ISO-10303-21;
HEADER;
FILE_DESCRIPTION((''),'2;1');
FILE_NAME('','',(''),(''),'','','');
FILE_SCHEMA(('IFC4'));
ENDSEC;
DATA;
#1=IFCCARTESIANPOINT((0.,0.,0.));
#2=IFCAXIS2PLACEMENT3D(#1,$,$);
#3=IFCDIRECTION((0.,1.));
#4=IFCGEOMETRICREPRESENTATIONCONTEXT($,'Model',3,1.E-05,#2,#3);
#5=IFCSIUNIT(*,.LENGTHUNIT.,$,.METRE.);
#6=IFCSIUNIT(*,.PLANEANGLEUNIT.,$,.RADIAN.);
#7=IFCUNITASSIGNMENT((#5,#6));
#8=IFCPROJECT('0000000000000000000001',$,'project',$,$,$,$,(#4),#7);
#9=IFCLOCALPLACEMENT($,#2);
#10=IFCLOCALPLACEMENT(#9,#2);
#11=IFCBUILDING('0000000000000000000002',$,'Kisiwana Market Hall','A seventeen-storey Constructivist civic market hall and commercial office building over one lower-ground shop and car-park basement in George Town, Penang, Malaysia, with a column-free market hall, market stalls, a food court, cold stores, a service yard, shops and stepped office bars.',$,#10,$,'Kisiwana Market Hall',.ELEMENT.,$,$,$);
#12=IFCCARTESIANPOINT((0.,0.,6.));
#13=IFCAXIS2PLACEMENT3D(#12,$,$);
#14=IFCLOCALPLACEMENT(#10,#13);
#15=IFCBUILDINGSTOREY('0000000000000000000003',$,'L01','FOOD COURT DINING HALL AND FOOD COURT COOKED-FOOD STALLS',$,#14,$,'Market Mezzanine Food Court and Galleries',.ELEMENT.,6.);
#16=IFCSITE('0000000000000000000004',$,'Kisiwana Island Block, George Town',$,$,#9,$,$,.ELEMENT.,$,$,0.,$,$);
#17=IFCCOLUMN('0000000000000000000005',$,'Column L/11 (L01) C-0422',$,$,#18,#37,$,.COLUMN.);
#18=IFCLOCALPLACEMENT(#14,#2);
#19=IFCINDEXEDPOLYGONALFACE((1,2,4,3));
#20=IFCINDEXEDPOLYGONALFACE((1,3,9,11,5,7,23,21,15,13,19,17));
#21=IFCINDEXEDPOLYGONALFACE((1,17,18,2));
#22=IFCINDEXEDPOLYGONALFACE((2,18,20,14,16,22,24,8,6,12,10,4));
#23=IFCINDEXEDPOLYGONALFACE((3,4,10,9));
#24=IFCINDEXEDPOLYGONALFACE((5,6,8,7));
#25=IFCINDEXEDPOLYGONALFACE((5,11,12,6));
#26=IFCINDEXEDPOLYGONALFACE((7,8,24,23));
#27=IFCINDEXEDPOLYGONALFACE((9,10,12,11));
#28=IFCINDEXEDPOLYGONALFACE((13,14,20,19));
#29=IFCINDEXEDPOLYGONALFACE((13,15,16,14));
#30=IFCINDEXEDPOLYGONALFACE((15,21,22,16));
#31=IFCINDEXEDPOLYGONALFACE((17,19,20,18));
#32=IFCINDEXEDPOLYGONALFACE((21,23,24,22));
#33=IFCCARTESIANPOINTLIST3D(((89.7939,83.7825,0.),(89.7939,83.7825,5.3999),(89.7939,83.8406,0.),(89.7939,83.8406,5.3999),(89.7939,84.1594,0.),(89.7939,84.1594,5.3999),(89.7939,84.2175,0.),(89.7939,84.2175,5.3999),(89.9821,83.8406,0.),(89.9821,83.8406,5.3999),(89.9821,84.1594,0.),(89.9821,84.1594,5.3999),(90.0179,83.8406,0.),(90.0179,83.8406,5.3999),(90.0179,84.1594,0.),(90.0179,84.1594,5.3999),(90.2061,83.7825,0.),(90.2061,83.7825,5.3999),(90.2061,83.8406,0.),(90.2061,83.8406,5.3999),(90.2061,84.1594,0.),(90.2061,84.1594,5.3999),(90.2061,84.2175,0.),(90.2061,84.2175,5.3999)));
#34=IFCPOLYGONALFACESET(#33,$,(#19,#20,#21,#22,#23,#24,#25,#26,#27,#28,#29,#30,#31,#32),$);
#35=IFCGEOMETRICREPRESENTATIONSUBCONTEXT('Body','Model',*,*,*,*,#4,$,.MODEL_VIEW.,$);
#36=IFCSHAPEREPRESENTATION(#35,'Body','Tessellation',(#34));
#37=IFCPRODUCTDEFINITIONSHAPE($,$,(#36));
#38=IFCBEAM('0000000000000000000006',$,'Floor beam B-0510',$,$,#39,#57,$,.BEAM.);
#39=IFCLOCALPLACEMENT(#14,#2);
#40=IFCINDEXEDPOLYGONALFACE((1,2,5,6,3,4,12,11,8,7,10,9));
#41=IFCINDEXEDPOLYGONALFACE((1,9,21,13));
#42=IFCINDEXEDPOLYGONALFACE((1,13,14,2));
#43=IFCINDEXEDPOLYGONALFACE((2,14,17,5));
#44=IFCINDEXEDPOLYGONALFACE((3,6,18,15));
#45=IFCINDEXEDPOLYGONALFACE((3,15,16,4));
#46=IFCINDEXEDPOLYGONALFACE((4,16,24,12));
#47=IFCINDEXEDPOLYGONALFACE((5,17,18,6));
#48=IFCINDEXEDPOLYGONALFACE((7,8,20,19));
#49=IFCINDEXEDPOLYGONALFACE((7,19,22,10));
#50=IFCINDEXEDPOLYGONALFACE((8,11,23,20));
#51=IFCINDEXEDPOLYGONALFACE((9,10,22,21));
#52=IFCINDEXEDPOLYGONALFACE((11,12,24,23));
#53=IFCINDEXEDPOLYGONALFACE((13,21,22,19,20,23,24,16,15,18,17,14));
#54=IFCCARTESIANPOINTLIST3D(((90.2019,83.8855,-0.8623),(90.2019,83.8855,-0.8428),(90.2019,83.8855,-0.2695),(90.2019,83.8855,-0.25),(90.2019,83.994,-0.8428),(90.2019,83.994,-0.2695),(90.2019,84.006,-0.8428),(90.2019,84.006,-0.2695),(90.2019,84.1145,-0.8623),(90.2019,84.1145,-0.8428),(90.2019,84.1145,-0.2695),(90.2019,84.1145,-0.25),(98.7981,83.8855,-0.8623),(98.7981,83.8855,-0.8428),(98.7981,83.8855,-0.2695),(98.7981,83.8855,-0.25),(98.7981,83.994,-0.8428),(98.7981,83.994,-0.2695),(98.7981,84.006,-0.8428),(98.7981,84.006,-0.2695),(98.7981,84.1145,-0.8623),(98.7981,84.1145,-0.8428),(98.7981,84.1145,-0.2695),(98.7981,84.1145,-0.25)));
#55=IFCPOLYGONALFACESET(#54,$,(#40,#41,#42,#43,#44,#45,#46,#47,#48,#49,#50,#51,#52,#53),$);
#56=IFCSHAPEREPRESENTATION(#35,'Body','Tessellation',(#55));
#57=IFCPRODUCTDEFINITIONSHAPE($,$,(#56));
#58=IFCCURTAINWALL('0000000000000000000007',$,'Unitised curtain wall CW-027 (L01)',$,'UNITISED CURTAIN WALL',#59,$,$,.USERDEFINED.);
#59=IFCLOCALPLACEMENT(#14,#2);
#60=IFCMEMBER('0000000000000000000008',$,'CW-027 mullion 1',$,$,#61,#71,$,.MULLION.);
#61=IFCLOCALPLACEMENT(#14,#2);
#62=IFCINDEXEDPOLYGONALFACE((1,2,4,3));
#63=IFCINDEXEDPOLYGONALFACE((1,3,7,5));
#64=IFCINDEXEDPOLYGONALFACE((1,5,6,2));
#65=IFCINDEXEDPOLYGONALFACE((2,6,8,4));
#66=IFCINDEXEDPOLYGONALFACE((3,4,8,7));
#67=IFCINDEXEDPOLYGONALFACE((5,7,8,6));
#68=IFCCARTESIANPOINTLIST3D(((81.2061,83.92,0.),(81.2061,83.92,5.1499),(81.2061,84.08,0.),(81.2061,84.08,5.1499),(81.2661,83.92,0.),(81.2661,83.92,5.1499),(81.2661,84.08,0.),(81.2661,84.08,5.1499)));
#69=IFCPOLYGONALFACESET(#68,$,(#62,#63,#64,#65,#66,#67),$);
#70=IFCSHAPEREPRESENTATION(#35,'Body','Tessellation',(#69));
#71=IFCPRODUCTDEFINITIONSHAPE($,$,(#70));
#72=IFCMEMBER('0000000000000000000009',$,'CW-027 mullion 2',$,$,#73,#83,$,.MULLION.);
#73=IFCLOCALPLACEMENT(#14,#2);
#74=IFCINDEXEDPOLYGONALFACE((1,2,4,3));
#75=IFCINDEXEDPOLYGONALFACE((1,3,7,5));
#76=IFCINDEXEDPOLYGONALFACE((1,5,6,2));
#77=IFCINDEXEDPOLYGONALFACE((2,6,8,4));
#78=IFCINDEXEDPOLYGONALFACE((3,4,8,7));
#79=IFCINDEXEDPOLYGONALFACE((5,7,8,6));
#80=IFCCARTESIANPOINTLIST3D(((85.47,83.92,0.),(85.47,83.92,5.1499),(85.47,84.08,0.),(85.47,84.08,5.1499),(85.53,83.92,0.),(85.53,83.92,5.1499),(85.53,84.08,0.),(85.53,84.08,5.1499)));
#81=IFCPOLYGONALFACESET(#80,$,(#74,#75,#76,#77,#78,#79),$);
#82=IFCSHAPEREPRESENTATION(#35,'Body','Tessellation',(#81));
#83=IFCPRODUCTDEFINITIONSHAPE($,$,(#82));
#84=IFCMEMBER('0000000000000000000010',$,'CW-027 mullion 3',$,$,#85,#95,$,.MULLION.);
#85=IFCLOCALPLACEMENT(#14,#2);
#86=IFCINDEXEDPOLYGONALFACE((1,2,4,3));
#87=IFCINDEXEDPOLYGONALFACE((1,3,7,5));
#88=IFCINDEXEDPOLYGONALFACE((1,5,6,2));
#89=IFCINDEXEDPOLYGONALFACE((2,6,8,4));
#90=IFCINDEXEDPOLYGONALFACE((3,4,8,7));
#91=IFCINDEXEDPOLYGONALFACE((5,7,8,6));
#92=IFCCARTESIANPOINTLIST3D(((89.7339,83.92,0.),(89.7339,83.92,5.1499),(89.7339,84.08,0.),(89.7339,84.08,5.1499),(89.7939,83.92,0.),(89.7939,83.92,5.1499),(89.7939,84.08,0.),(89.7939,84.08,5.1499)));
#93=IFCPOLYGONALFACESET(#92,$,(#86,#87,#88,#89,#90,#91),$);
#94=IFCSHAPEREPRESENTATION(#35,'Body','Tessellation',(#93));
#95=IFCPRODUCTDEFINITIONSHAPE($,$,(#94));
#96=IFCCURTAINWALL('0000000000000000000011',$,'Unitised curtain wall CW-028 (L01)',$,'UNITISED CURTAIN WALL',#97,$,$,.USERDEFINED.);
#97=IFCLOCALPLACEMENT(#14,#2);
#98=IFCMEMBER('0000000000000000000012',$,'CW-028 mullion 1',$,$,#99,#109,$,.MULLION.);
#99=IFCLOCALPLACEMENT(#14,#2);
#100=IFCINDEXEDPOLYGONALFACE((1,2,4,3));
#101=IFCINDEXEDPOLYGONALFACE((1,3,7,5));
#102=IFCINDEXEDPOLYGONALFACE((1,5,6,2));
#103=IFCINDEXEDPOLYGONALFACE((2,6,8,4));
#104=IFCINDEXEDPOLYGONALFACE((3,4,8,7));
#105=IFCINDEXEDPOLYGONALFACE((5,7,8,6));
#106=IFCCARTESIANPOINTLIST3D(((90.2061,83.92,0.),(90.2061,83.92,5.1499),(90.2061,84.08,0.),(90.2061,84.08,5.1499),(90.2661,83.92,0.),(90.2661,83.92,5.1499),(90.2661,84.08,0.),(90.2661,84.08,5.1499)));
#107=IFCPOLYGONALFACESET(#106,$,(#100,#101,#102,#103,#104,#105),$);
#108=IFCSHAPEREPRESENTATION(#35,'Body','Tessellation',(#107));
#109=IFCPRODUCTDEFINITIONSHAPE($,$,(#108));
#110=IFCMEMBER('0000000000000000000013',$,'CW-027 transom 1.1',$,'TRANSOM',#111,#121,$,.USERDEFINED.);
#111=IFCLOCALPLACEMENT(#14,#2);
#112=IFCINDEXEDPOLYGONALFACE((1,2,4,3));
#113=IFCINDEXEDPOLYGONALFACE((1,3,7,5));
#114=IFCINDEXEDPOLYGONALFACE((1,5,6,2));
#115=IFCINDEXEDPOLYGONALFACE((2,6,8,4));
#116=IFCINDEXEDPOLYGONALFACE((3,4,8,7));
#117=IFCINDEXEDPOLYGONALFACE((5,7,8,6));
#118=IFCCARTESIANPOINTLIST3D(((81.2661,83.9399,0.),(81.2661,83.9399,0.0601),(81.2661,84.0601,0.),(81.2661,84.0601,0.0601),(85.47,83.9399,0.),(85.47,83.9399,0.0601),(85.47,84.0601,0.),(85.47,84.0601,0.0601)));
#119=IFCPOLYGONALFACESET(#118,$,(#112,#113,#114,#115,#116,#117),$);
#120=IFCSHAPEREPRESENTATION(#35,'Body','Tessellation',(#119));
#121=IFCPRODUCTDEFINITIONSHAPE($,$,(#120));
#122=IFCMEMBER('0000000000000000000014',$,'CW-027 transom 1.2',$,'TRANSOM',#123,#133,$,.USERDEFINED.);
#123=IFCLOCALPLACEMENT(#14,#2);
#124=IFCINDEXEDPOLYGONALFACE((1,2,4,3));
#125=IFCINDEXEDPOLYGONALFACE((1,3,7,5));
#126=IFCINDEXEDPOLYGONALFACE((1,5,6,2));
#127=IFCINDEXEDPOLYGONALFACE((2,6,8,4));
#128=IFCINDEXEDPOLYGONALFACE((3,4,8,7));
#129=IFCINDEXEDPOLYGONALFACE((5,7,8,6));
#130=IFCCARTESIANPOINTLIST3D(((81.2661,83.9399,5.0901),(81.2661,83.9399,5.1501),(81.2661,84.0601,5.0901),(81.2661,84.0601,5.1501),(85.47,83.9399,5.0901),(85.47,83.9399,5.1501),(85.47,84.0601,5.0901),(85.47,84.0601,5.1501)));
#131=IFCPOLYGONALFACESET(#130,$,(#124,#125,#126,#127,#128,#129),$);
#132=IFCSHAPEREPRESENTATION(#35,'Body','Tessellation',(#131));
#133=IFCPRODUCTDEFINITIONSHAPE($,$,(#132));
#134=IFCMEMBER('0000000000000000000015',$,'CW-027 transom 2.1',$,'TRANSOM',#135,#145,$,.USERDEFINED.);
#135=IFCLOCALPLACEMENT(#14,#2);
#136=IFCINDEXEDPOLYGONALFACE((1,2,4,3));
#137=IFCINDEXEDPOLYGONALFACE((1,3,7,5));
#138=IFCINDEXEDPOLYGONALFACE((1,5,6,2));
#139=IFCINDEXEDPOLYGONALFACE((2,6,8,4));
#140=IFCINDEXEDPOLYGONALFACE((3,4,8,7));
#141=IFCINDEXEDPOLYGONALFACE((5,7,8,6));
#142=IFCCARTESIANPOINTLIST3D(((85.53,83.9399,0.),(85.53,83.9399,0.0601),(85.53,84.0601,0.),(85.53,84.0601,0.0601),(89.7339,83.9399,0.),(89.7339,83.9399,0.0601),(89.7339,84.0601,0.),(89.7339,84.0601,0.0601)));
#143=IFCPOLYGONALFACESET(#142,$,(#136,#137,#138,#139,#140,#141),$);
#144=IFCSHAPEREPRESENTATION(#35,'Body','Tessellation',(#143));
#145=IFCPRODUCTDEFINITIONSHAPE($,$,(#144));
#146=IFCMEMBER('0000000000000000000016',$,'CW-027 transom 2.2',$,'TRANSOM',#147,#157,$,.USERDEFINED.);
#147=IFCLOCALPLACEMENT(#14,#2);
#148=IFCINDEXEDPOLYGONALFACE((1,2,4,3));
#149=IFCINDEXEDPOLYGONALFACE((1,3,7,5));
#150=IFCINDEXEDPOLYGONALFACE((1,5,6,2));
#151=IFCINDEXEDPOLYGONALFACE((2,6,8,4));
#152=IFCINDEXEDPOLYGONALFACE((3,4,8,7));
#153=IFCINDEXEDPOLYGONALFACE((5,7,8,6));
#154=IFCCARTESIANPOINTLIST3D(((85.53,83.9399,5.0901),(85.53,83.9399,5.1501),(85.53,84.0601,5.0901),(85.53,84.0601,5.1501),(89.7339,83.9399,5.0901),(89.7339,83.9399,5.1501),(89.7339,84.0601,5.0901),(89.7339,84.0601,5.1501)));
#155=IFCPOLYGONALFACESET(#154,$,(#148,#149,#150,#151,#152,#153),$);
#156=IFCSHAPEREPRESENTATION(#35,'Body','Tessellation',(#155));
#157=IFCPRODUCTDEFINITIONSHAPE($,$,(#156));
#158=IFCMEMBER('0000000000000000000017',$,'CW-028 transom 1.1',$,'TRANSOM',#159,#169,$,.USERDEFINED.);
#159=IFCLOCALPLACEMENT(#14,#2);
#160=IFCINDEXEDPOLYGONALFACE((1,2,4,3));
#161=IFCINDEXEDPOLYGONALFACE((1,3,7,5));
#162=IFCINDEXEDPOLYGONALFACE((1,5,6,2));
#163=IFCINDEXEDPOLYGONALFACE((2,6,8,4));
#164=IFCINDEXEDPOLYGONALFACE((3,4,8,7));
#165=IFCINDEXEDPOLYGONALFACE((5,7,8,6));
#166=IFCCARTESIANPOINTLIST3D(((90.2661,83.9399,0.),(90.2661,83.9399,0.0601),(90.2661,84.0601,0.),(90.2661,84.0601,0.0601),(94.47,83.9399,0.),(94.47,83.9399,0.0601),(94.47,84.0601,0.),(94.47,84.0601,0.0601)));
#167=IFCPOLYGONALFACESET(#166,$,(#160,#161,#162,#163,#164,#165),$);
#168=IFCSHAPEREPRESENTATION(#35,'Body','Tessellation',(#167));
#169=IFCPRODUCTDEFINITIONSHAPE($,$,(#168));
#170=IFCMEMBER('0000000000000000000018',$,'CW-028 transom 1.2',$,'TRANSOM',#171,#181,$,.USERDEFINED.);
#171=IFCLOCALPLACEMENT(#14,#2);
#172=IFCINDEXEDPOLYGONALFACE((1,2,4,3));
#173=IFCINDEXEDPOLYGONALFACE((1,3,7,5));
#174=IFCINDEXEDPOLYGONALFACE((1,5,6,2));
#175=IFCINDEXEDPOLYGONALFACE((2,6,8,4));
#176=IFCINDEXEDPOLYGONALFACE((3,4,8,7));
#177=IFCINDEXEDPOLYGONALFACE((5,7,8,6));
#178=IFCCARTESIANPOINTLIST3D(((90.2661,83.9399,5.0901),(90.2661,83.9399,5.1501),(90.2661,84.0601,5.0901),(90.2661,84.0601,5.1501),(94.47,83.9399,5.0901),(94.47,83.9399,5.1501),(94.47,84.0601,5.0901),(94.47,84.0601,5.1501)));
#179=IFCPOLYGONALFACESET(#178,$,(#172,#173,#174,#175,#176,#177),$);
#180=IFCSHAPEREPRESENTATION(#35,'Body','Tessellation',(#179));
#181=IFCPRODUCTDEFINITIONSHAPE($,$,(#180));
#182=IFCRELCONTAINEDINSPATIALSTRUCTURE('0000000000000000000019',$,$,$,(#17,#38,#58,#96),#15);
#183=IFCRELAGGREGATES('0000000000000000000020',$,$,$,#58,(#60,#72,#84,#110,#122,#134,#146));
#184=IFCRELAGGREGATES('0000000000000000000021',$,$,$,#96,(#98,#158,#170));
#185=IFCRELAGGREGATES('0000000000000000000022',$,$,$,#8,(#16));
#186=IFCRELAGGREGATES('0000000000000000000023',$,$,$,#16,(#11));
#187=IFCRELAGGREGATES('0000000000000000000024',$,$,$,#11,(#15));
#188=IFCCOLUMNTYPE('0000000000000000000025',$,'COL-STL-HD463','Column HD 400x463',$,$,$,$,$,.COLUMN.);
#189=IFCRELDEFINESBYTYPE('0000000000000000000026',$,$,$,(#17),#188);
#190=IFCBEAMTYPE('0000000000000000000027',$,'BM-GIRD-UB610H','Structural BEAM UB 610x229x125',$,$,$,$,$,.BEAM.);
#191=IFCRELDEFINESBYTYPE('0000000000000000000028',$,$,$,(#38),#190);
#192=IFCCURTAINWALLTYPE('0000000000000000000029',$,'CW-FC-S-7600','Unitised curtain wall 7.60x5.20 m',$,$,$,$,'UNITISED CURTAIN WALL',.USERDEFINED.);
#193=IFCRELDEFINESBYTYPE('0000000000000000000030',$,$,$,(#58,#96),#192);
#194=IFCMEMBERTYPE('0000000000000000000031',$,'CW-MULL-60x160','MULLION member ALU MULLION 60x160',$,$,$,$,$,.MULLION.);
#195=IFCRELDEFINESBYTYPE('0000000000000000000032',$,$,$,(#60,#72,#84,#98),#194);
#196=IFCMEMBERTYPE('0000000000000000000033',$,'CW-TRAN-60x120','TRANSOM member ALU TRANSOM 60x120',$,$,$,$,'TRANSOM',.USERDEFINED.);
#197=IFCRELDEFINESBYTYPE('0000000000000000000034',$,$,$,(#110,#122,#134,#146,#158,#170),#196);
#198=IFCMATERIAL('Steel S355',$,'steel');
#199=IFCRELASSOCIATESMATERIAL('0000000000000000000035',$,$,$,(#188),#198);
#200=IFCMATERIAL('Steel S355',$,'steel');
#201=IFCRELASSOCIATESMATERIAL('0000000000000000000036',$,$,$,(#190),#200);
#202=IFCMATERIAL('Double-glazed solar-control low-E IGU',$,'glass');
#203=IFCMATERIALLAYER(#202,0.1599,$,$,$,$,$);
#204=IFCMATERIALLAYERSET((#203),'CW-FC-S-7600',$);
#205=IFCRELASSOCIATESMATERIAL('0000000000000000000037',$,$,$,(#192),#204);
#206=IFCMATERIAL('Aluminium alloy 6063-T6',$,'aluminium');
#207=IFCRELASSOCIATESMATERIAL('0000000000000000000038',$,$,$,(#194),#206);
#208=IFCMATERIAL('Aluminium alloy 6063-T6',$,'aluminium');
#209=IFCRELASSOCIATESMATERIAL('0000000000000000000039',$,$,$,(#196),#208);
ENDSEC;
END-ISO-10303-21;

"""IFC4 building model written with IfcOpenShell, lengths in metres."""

from ifc_helpers import new_model, si_unit, direction, frame, origin, origin_2d, place, context, subcontext, project, spatial, rectangle, i_section, extrude, material, layer, layer_set, material_profile, profile_set, type_object, element, aggregate, save


model = new_model("IFC4")

# Units and contexts
model_context = context("Model", 3, precision=1e-05, world=origin(), true_north=direction((0.0, 1.0)))
body_context = subcontext(model_context, "Body", "Model", "MODEL_VIEW")
ifc_project = project(units=[si_unit("LENGTHUNIT", "METRE"), si_unit("PLANEANGLEUNIT", "RADIAN")], contexts=[model_context])

# Site, building, storey
site_placement = place(None, origin())
site = spatial("IfcSite", under=ifc_project, at=site_placement, Name="Kisiwana Island Block, George Town", CompositionType="ELEMENT", RefElevation=0.0)
building_placement = place(site_placement, origin())
building = spatial("IfcBuilding", under=site, at=building_placement, Name="Kisiwana Market Hall", Description="A seventeen-storey Constructivist civic market hall and commercial office building over one lower-ground shop and car-park basement in George Town, Penang, Malaysia, with a column-free market hall, market stalls, a food court, cold stores, a service yard, shops and stepped office bars.", LongName="Kisiwana Market Hall", CompositionType="ELEMENT")
storey_placement = place(building_placement, frame((0.0, 0.0, 6.0)))
storey = spatial("IfcBuildingStorey", under=building, at=storey_placement, Name="L01", Description="FOOD COURT DINING HALL AND FOOD COURT COOKED-FOOD STALLS", LongName="Market Mezzanine Food Court and Galleries", CompositionType="ELEMENT", Elevation=6.0)

# Column
ifc_material_1 = material(Name="Steel S355", Category="steel")
ifc_material_profile_1 = material_profile(ifc_material_1, i_section(OverallWidth=0.4121, OverallDepth=0.4351, WebThickness=0.0359, FlangeThickness=0.0581, at=origin_2d()), Name="HD 400x463")
ifc_profile_set_1 = profile_set([ifc_material_profile_1], Name="Steel S355")
column_type = type_object("IfcColumnType", Name="COL-STL-HD463", Description="Column HD 400x463", PredefinedType="COLUMN", material=ifc_profile_set_1)
column_placement = place(storey_placement, frame((90.0, 84.0, 0.0), z_axis=(0.0, 0.0, 1.0), x_axis=(1.0, 0.0, 0.0)))
element("IfcColumn", 1, at=column_placement, inside=storey, type_object=column_type, Name="Column L/11 (L01) C-0422", PredefinedType="COLUMN", context=body_context, shape_type="SweptSolid", body=[
    extrude(i_section(OverallWidth=0.4121, OverallDepth=0.4351, WebThickness=0.0359, FlangeThickness=0.0581, at=origin_2d()), origin(), (0.0, 0.0, 1.0), 5.3999),
])

# Beam
ifc_material_2 = material(Name="Steel S355", Category="steel")
ifc_material_profile_2 = material_profile(ifc_material_2, i_section(OverallWidth=0.229, OverallDepth=0.6123, WebThickness=0.012, FlangeThickness=0.0195, at=origin_2d()), Name="UB 610x229x125")
ifc_profile_set_2 = profile_set([ifc_material_profile_2], Name="Steel S355")
beam_type = type_object("IfcBeamType", Name="BM-GIRD-UB610H", Description="Structural BEAM UB 610x229x125", PredefinedType="BEAM", material=ifc_profile_set_2)
beam_placement = place(storey_placement, frame((90.2019, 84.0, -0.5562), z_axis=(1.0, 0.0, 0.0), x_axis=(0.0, 1.0, 0.0)))
element("IfcBeam", 2, at=beam_placement, inside=storey, type_object=beam_type, Name="Floor beam B-0510", PredefinedType="BEAM", context=body_context, shape_type="SweptSolid", body=[
    extrude(i_section(OverallWidth=0.229, OverallDepth=0.6123, WebThickness=0.012, FlangeThickness=0.0195, at=origin_2d()), origin(), (0.0, 0.0, 1.0), 8.5962),
])

# Curtain wall, members
ifc_material_3 = material(Name="Double-glazed solar-control low-E IGU", Category="glass")
ifc_layer_1 = layer(ifc_material_3, 0.1599)
ifc_layer_set_1 = layer_set([ifc_layer_1], Name="CW-FC-S-7600")
curtain_wall_type = type_object("IfcCurtainWallType", Name="CW-FC-S-7600", Description="Unitised curtain wall 7.60x5.20 m", ElementType="UNITISED CURTAIN WALL", PredefinedType="USERDEFINED", material=ifc_layer_set_1)
curtain_wall_1_placement = place(storey_placement, origin())
curtain_wall_1 = element("IfcCurtainWall", 3, at=curtain_wall_1_placement, inside=storey, type_object=curtain_wall_type, Name="Unitised curtain wall CW-027 (L01)", ObjectType="UNITISED CURTAIN WALL", PredefinedType="USERDEFINED")
ifc_material_4 = material(Name="Aluminium alloy 6063-T6", Category="aluminium")
ifc_material_profile_3 = material_profile(ifc_material_4, rectangle(XDim=0.0601, YDim=0.1599, at=origin_2d()), Name="ALU MULLION 60x160")
ifc_profile_set_3 = profile_set([ifc_material_profile_3], Name="Aluminium alloy 6063-T6")
member_type_1 = type_object("IfcMemberType", Name="CW-MULL-60x160", Description="MULLION member ALU MULLION 60x160", PredefinedType="MULLION", material=ifc_profile_set_3)
member_1_placement = place(storey_placement, frame((81.2361, 84.0, 0.0), z_axis=(0.0, 0.0, 1.0), x_axis=(1.0, 0.0, 0.0)))
member_1 = element("IfcMember", 4, at=member_1_placement, type_object=member_type_1, Name="CW-027 mullion 1", PredefinedType="MULLION", context=body_context, shape_type="SweptSolid", body=[
    extrude(rectangle(XDim=0.0601, YDim=0.1599, at=origin_2d()), origin(), (0.0, 0.0, 1.0), 5.1499),
])
member_2_placement = place(storey_placement, frame((85.5, 84.0, 0.0), z_axis=(0.0, 0.0, 1.0), x_axis=(1.0, 0.0, 0.0)))
member_2 = element("IfcMember", 5, at=member_2_placement, type_object=member_type_1, Name="CW-027 mullion 2", PredefinedType="MULLION", context=body_context, shape_type="SweptSolid", body=[
    extrude(rectangle(XDim=0.0601, YDim=0.1599, at=origin_2d()), origin(), (0.0, 0.0, 1.0), 5.1499),
])
member_3_placement = place(storey_placement, frame((89.7639, 84.0, 0.0), z_axis=(0.0, 0.0, 1.0), x_axis=(1.0, 0.0, 0.0)))
member_3 = element("IfcMember", 6, at=member_3_placement, type_object=member_type_1, Name="CW-027 mullion 3", PredefinedType="MULLION", context=body_context, shape_type="SweptSolid", body=[
    extrude(rectangle(XDim=0.0601, YDim=0.1599, at=origin_2d()), origin(), (0.0, 0.0, 1.0), 5.1499),
])

# Curtain wall, member
curtain_wall_2_placement = place(storey_placement, origin())
curtain_wall_2 = element("IfcCurtainWall", 7, at=curtain_wall_2_placement, inside=storey, type_object=curtain_wall_type, Name="Unitised curtain wall CW-028 (L01)", ObjectType="UNITISED CURTAIN WALL", PredefinedType="USERDEFINED")
member_4_placement = place(storey_placement, frame((90.2361, 84.0, 0.0), z_axis=(0.0, 0.0, 1.0), x_axis=(1.0, 0.0, 0.0)))
member_4 = element("IfcMember", 8, at=member_4_placement, type_object=member_type_1, Name="CW-028 mullion 1", PredefinedType="MULLION", context=body_context, shape_type="SweptSolid", body=[
    extrude(rectangle(XDim=0.0601, YDim=0.1599, at=origin_2d()), origin(), (0.0, 0.0, 1.0), 5.1499),
])

# Members
ifc_material_5 = material(Name="Aluminium alloy 6063-T6", Category="aluminium")
ifc_material_profile_4 = material_profile(ifc_material_5, rectangle(XDim=0.1201, YDim=0.0601, at=origin_2d()), Name="ALU TRANSOM 60x120")
ifc_profile_set_4 = profile_set([ifc_material_profile_4], Name="Aluminium alloy 6063-T6")
member_type_2 = type_object("IfcMemberType", Name="CW-TRAN-60x120", Description="TRANSOM member ALU TRANSOM 60x120", ElementType="TRANSOM", PredefinedType="USERDEFINED", material=ifc_profile_set_4)
member_5_placement = place(storey_placement, frame((81.2661, 84.0, 0.03), z_axis=(1.0, 0.0, 0.0), x_axis=(0.0, 1.0, 0.0)))
member_5 = element("IfcMember", 9, at=member_5_placement, type_object=member_type_2, Name="CW-027 transom 1.1", ObjectType="TRANSOM", PredefinedType="USERDEFINED", context=body_context, shape_type="SweptSolid", body=[
    extrude(rectangle(XDim=0.1201, YDim=0.0601, at=origin_2d()), origin(), (0.0, 0.0, 1.0), 4.2039),
])
member_6_placement = place(storey_placement, frame((81.2661, 84.0, 5.1201), z_axis=(1.0, 0.0, 0.0), x_axis=(0.0, 1.0, 0.0)))
member_6 = element("IfcMember", 10, at=member_6_placement, type_object=member_type_2, Name="CW-027 transom 1.2", ObjectType="TRANSOM", PredefinedType="USERDEFINED", context=body_context, shape_type="SweptSolid", body=[
    extrude(rectangle(XDim=0.1201, YDim=0.0601, at=origin_2d()), origin(), (0.0, 0.0, 1.0), 4.2039),
])
member_7_placement = place(storey_placement, frame((85.53, 84.0, 0.03), z_axis=(1.0, 0.0, 0.0), x_axis=(0.0, 1.0, 0.0)))
member_7 = element("IfcMember", 11, at=member_7_placement, type_object=member_type_2, Name="CW-027 transom 2.1", ObjectType="TRANSOM", PredefinedType="USERDEFINED", context=body_context, shape_type="SweptSolid", body=[
    extrude(rectangle(XDim=0.1201, YDim=0.0601, at=origin_2d()), origin(), (0.0, 0.0, 1.0), 4.2039),
])
member_8_placement = place(storey_placement, frame((85.53, 84.0, 5.1201), z_axis=(1.0, 0.0, 0.0), x_axis=(0.0, 1.0, 0.0)))
member_8 = element("IfcMember", 12, at=member_8_placement, type_object=member_type_2, Name="CW-027 transom 2.2", ObjectType="TRANSOM", PredefinedType="USERDEFINED", context=body_context, shape_type="SweptSolid", body=[
    extrude(rectangle(XDim=0.1201, YDim=0.0601, at=origin_2d()), origin(), (0.0, 0.0, 1.0), 4.2039),
])
member_9_placement = place(storey_placement, frame((90.2661, 84.0, 0.03), z_axis=(1.0, 0.0, 0.0), x_axis=(0.0, 1.0, 0.0)))
member_9 = element("IfcMember", 13, at=member_9_placement, type_object=member_type_2, Name="CW-028 transom 1.1", ObjectType="TRANSOM", PredefinedType="USERDEFINED", context=body_context, shape_type="SweptSolid", body=[
    extrude(rectangle(XDim=0.1201, YDim=0.0601, at=origin_2d()), origin(), (0.0, 0.0, 1.0), 4.2039),
])
member_10_placement = place(storey_placement, frame((90.2661, 84.0, 5.1201), z_axis=(1.0, 0.0, 0.0), x_axis=(0.0, 1.0, 0.0)))
member_10 = element("IfcMember", 14, at=member_10_placement, type_object=member_type_2, Name="CW-028 transom 1.2", ObjectType="TRANSOM", PredefinedType="USERDEFINED", context=body_context, shape_type="SweptSolid", body=[
    extrude(rectangle(XDim=0.1201, YDim=0.0601, at=origin_2d()), origin(), (0.0, 0.0, 1.0), 4.2039),
])

aggregate(curtain_wall_1, [member_1, member_2, member_3, member_5, member_6, member_7, member_8])
aggregate(curtain_wall_2, [member_4, member_9, member_10])

save(model, "model.ifc")
